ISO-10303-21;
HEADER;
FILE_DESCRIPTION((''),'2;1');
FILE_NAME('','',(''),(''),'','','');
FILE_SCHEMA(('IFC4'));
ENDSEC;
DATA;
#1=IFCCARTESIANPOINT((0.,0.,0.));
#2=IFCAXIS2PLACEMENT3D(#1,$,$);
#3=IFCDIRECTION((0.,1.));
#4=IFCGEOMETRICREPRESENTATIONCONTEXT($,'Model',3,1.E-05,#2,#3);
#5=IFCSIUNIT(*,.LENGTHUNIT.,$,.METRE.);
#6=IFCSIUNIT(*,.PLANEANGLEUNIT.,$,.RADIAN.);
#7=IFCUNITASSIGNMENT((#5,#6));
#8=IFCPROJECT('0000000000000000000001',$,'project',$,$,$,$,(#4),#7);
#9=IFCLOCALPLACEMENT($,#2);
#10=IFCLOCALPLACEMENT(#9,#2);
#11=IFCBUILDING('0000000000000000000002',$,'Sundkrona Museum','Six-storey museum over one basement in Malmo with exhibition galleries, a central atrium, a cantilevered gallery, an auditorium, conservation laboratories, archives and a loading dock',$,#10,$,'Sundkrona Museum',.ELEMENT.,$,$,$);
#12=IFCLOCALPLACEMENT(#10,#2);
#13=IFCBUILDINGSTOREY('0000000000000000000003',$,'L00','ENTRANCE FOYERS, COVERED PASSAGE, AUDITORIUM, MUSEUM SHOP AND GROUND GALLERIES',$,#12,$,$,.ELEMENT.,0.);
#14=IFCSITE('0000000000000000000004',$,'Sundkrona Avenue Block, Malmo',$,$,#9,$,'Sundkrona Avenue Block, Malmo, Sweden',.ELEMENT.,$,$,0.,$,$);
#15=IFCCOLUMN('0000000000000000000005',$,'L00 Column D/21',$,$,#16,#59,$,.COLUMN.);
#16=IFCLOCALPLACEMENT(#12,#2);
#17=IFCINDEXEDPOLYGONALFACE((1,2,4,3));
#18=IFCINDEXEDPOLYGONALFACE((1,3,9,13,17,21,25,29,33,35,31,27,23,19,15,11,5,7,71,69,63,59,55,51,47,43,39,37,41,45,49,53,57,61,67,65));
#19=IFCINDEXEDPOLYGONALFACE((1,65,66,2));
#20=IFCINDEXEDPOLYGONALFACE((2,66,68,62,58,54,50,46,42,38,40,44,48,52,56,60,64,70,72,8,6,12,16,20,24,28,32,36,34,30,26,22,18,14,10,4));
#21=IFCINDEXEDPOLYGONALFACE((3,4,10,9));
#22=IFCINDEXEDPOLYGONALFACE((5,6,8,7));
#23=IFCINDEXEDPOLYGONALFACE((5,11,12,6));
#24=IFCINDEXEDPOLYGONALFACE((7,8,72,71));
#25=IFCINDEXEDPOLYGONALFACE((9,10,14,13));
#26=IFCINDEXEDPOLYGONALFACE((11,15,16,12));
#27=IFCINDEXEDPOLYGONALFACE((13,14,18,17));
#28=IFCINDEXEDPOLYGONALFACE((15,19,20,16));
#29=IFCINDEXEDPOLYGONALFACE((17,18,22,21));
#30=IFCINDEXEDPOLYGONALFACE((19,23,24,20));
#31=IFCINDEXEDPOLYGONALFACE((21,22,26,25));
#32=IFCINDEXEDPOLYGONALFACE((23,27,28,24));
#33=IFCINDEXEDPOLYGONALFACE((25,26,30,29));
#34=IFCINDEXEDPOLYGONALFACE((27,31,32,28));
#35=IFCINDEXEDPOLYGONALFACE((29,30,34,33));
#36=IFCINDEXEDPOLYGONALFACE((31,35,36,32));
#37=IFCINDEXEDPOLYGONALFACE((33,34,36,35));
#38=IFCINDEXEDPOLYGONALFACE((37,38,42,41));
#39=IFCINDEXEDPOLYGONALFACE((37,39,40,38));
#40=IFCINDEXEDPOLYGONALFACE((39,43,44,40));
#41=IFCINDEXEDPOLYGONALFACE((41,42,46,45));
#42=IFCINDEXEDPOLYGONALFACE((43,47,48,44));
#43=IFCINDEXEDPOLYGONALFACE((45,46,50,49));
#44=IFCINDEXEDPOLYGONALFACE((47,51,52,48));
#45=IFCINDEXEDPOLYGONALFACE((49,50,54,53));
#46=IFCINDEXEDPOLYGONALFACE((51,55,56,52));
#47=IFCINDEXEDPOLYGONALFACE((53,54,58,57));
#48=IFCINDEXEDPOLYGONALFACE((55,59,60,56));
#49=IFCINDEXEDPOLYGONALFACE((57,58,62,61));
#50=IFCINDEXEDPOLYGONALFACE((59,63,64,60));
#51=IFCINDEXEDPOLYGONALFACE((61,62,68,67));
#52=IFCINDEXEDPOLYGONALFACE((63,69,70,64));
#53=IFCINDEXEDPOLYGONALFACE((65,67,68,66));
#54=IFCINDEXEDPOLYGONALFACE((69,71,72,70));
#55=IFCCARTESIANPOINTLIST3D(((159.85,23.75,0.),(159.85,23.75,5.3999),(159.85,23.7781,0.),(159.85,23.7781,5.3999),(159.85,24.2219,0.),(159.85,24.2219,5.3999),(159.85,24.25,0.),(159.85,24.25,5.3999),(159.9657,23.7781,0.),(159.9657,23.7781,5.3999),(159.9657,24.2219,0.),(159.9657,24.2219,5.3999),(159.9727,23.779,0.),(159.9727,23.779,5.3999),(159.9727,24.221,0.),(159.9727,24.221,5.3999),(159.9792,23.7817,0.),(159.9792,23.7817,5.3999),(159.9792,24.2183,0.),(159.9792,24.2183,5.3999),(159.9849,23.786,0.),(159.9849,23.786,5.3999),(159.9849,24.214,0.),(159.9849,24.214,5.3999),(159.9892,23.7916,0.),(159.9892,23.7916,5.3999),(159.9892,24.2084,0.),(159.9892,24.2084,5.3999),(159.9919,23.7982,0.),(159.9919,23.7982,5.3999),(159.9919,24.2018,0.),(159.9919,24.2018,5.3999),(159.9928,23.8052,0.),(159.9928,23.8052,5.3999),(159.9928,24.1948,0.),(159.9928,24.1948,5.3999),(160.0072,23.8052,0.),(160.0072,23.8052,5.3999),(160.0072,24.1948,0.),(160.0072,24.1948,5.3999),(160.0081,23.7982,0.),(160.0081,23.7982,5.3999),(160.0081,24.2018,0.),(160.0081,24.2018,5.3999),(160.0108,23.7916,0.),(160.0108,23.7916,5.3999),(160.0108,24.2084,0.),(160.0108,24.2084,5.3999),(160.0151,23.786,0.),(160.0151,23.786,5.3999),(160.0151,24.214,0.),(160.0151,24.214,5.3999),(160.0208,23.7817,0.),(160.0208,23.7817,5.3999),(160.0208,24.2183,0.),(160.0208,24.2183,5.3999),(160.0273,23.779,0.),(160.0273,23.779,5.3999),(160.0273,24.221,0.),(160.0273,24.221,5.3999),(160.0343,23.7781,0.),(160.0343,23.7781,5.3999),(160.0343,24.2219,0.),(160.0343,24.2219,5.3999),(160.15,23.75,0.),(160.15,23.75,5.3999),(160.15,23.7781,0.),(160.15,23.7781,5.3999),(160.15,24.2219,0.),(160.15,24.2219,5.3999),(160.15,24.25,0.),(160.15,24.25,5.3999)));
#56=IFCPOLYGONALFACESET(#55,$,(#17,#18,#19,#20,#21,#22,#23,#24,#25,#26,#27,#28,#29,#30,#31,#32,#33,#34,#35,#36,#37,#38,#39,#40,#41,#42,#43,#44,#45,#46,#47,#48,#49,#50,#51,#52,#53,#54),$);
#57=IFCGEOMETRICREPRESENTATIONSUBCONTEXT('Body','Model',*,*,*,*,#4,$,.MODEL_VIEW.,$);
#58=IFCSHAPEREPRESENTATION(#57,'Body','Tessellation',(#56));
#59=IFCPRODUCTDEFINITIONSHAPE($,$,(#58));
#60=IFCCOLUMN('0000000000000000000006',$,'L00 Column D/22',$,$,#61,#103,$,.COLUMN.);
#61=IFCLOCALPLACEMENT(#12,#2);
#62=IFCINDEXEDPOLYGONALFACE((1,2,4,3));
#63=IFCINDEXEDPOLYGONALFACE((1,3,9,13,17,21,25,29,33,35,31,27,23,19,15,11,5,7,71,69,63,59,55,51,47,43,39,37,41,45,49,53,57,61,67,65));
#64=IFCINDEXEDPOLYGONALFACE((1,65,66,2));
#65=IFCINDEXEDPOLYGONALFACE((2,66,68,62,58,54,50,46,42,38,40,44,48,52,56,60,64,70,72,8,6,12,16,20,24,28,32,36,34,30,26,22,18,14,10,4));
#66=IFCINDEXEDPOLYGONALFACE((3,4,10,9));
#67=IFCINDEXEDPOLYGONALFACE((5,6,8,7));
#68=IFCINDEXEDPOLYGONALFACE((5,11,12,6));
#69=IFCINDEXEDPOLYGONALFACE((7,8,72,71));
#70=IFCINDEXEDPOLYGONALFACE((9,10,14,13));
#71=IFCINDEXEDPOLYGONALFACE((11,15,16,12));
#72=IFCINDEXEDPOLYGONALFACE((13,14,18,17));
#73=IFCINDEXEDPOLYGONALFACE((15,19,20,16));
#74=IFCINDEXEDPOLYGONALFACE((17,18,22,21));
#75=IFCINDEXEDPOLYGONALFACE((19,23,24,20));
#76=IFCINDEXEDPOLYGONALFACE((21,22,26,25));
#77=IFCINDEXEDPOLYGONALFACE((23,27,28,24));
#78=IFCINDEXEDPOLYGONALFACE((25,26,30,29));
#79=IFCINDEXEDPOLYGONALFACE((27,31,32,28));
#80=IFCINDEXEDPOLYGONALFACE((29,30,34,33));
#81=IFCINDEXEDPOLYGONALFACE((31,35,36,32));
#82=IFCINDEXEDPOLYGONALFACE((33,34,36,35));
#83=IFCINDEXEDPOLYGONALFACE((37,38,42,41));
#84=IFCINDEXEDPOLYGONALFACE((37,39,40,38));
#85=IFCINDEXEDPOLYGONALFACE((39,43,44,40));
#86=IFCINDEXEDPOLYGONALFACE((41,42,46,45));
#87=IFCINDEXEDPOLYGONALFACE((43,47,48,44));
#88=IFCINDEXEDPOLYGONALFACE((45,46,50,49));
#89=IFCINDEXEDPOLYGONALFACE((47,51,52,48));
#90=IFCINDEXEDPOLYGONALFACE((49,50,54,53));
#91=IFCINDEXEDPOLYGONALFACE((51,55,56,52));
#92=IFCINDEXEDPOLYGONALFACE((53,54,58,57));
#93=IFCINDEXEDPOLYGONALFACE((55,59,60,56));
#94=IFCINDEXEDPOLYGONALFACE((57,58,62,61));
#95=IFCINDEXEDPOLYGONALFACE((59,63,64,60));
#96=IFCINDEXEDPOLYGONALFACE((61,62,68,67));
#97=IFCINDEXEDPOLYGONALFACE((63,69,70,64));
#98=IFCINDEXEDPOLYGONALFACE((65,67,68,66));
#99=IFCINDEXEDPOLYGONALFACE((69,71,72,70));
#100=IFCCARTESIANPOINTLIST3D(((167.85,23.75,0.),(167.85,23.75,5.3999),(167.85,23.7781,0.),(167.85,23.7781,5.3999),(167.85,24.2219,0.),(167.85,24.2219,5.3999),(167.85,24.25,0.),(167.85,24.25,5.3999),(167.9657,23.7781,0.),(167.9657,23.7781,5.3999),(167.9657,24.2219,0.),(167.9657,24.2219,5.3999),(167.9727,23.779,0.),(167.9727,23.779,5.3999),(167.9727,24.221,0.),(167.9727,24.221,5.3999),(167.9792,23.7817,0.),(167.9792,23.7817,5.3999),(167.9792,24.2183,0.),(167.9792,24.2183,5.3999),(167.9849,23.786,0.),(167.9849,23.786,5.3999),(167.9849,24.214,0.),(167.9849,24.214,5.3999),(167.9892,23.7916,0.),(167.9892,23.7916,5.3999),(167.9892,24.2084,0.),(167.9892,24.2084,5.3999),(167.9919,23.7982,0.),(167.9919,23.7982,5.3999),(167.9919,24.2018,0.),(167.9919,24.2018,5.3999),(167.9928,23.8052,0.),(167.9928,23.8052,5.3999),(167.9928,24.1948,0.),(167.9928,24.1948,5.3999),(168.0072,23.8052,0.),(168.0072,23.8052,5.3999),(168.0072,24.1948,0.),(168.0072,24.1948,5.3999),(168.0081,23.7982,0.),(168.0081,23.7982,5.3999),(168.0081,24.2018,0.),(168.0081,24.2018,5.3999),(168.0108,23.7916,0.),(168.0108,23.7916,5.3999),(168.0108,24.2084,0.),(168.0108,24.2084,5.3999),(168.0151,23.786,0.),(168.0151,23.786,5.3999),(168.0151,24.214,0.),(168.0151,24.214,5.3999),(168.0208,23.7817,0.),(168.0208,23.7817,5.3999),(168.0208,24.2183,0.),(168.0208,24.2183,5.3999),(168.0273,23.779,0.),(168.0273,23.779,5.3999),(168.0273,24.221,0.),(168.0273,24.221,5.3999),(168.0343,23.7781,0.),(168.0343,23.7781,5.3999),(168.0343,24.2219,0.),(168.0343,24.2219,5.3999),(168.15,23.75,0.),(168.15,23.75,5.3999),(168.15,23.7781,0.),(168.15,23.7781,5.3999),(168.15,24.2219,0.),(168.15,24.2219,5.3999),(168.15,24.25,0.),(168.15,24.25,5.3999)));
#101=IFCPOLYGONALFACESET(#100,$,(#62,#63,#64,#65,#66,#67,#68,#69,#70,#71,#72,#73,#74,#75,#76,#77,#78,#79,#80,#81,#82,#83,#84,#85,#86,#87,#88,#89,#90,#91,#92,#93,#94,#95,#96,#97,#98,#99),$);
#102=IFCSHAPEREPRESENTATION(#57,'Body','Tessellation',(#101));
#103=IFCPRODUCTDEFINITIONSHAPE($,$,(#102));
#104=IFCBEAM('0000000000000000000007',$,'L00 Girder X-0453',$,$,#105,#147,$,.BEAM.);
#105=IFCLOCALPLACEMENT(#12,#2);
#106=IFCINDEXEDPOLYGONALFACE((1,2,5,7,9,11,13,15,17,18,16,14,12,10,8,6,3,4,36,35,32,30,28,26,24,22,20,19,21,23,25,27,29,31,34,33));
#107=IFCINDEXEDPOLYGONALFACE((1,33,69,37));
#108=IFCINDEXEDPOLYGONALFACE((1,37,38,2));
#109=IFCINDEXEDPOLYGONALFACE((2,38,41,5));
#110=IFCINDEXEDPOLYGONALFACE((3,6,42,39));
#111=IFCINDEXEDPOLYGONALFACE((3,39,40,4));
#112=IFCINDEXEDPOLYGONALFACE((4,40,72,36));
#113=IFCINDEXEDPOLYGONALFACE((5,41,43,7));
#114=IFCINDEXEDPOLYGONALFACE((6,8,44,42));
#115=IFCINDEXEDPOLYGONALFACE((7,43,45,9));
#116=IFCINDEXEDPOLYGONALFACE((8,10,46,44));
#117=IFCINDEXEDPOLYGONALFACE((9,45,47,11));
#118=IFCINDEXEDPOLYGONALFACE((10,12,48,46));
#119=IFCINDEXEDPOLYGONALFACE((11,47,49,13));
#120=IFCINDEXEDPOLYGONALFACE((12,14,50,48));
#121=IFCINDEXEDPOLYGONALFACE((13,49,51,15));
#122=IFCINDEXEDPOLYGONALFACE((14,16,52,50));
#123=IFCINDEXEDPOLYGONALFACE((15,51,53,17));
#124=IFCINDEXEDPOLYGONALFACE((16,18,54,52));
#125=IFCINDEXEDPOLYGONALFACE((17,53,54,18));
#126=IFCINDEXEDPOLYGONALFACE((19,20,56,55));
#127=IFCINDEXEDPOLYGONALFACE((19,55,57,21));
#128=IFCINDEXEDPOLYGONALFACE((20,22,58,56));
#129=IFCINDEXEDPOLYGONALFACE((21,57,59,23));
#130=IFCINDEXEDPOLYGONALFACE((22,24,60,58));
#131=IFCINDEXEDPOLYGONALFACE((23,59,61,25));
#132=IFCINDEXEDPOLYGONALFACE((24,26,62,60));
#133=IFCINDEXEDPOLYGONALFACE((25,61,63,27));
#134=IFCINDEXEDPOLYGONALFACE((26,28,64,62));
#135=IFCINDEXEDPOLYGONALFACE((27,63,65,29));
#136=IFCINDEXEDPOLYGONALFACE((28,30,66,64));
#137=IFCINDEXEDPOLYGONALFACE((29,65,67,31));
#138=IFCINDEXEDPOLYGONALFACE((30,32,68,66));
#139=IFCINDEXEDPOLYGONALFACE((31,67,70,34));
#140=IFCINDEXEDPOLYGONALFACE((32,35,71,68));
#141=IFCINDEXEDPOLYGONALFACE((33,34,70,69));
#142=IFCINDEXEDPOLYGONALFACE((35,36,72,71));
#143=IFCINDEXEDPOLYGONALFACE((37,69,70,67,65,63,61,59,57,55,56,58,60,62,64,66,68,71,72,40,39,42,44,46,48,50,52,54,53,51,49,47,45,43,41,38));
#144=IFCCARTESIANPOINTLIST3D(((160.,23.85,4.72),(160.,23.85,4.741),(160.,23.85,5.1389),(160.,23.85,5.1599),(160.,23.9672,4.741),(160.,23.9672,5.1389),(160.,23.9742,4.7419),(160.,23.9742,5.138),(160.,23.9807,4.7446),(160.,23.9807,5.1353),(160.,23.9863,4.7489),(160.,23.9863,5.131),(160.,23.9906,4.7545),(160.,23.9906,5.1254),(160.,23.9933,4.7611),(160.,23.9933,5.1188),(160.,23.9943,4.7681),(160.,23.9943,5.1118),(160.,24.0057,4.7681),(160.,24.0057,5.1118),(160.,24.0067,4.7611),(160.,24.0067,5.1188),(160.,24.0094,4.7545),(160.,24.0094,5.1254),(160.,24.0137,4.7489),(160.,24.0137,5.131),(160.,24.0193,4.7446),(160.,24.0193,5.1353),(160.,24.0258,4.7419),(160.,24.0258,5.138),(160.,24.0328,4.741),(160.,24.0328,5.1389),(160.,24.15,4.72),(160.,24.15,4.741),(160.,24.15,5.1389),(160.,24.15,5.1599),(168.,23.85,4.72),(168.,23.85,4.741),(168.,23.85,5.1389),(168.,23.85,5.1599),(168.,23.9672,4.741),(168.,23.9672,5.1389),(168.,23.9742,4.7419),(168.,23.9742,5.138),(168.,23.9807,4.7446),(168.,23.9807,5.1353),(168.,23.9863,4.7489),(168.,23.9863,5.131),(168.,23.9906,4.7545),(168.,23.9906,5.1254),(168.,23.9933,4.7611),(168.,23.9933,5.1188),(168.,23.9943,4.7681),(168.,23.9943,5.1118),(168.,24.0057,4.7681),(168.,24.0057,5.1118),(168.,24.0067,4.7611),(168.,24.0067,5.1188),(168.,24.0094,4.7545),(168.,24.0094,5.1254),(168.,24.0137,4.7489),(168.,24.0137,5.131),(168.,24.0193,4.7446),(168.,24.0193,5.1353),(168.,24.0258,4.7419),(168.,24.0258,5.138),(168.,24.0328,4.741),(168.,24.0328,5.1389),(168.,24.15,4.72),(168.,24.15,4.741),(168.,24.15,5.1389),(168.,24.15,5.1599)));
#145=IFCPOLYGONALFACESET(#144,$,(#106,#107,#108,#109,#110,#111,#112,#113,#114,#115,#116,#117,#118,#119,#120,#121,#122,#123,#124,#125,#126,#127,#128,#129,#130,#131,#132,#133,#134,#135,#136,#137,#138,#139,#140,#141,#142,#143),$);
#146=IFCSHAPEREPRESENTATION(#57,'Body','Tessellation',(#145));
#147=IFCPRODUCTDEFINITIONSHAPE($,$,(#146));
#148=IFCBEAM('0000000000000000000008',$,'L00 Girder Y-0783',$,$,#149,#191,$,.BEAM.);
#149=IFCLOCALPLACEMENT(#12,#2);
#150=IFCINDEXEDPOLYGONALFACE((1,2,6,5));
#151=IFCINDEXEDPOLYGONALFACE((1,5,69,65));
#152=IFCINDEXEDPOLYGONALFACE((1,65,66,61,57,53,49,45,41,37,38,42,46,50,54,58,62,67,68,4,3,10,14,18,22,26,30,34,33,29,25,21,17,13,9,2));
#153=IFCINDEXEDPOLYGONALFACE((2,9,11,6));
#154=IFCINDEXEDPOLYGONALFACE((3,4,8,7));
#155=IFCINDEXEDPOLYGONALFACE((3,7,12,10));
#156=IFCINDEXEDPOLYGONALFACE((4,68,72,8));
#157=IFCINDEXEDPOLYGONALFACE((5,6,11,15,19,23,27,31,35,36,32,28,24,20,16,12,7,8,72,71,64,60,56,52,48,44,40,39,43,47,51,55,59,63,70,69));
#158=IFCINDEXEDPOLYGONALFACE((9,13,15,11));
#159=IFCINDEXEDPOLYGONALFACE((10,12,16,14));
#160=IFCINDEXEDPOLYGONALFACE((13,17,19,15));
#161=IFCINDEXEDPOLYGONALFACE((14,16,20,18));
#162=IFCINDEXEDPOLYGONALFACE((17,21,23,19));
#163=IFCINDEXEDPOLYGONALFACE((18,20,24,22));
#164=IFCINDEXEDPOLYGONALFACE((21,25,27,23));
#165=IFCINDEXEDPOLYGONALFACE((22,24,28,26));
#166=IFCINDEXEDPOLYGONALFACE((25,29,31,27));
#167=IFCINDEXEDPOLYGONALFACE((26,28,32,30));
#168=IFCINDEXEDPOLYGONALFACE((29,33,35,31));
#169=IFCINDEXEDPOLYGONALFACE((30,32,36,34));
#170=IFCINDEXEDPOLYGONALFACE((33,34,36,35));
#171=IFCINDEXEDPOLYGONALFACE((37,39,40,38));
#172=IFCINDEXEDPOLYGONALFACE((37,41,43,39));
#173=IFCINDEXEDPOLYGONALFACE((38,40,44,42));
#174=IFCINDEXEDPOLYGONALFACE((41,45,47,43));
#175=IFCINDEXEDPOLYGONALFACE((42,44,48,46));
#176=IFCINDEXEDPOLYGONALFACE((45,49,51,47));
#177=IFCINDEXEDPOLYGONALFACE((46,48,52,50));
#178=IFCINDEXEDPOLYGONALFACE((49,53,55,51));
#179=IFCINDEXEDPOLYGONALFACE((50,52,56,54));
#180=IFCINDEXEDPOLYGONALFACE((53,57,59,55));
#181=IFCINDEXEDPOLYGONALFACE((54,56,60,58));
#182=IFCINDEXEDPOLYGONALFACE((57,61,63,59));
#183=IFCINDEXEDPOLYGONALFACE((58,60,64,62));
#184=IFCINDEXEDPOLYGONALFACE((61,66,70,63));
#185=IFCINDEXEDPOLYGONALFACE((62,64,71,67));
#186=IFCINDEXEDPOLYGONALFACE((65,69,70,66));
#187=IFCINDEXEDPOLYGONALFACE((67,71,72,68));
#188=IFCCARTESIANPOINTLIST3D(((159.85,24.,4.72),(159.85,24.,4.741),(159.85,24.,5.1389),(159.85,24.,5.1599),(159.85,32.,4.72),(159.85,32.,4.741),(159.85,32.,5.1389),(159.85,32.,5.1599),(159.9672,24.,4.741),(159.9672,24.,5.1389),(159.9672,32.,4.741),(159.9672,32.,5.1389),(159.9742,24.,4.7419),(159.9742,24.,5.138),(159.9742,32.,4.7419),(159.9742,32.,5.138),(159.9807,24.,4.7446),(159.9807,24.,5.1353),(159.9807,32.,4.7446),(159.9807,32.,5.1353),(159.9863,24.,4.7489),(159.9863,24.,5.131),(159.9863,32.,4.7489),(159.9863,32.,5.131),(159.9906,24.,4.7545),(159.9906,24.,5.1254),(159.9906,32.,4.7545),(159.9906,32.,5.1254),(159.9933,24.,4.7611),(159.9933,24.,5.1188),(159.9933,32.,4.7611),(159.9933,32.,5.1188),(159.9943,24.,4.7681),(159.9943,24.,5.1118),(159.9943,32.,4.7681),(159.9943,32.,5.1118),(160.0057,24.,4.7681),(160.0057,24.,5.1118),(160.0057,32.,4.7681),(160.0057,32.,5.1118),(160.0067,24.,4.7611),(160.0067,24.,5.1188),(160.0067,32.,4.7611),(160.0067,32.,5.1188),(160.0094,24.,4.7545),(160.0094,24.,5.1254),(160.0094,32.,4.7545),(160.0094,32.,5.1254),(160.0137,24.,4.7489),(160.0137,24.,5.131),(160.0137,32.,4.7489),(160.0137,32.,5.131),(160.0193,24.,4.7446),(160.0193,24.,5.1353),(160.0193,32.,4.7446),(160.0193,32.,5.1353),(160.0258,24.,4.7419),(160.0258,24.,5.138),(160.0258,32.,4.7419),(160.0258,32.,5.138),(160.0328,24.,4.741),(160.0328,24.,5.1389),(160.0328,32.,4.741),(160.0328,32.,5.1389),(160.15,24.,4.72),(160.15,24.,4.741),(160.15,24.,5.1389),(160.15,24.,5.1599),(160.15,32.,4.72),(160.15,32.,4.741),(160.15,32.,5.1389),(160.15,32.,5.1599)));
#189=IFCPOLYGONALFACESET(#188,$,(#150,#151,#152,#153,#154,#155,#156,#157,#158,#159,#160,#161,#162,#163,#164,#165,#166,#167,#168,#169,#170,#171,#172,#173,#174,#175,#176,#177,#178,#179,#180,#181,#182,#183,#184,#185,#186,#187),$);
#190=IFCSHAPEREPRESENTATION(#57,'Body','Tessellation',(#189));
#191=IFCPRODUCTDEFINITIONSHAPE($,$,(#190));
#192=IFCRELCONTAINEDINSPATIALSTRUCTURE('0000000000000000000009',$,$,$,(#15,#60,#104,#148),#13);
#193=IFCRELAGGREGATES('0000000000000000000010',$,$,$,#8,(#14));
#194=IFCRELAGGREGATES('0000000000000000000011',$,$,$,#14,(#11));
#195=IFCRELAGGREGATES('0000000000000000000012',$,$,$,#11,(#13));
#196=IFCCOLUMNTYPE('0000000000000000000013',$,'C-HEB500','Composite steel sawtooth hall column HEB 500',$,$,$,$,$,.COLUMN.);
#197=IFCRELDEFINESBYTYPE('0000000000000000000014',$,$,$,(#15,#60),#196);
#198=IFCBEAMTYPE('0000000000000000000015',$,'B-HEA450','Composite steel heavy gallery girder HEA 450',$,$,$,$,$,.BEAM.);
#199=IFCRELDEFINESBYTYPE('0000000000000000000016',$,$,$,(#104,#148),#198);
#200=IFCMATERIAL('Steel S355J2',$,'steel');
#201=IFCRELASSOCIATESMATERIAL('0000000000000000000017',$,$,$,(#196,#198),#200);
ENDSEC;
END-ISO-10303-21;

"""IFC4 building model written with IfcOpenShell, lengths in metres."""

from ifc_helpers import new_model, si_unit, direction, frame, origin, origin_2d, place, context, subcontext, project, spatial, i_section, extrude, material, material_profile, profile_set, type_object, element, save


model = new_model("IFC4")

# Units and contexts
model_context = context("Model", 3, precision=1e-05, world=origin(), true_north=direction((0.0, 1.0)))
body_context = subcontext(model_context, "Body", "Model", "MODEL_VIEW")
ifc_project = project(units=[si_unit("LENGTHUNIT", "METRE"), si_unit("PLANEANGLEUNIT", "RADIAN")], contexts=[model_context])

# Site, building, storey
site_placement = place(None, origin())
site = spatial("IfcSite", under=ifc_project, at=site_placement, Name="Sundkrona Avenue Block, Malmo", LongName="Sundkrona Avenue Block, Malmo, Sweden", CompositionType="ELEMENT", RefElevation=0.0)
building_placement = place(site_placement, origin())
building = spatial("IfcBuilding", under=site, at=building_placement, Name="Sundkrona Museum", Description="Six-storey museum over one basement in Malmo with exhibition galleries, a central atrium, a cantilevered gallery, an auditorium, conservation laboratories, archives and a loading dock", LongName="Sundkrona Museum", CompositionType="ELEMENT")
storey_placement = place(building_placement, origin())
storey = spatial("IfcBuildingStorey", under=building, at=storey_placement, Name="L00", Description="ENTRANCE FOYERS, COVERED PASSAGE, AUDITORIUM, MUSEUM SHOP AND GROUND GALLERIES", CompositionType="ELEMENT", Elevation=0.0)

# Columns
ifc_material_1 = material(Name="Steel S355J2", Category="steel")
ifc_material_profile_1 = material_profile(ifc_material_1, i_section(OverallWidth=0.3, OverallDepth=0.5, WebThickness=0.0144, FlangeThickness=0.0281, FilletRadius=0.0271, at=origin_2d()), Name="HEB 500")
ifc_profile_set_1 = profile_set([ifc_material_profile_1], Name="Steel S355J2")
column_type = type_object("IfcColumnType", Name="C-HEB500", Description="Composite steel sawtooth hall column HEB 500", PredefinedType="COLUMN", material=ifc_profile_set_1)
for number, where, z_axis, x_axis, name in (
    (1, (160.0, 24.0, 0.0), (0.0, 0.0, 1.0), (1.0, 0.0, 0.0), "L00 Column D/21"),
    (2, (168.0, 24.0, 0.0), (0.0, 0.0, 1.0), (1.0, 0.0, 0.0), "L00 Column D/22"),
):
    element("IfcColumn", number, at=place(storey_placement, frame(where, z_axis=z_axis, x_axis=x_axis)), inside=storey, type_object=column_type, Name=name, PredefinedType="COLUMN", context=body_context, shape_type="SweptSolid", body=[
        extrude(i_section(OverallWidth=0.3, OverallDepth=0.5, WebThickness=0.0144, FlangeThickness=0.0281, FilletRadius=0.0271, at=origin_2d()), origin(), (0.0, 0.0, 1.0), 5.3999),
    ])

# Beams
ifc_material_profile_2 = material_profile(ifc_material_1, i_section(OverallWidth=0.3, OverallDepth=0.4399, WebThickness=0.0115, FlangeThickness=0.021, FilletRadius=0.0271, at=origin_2d()), Name="HEA 450")
ifc_profile_set_2 = profile_set([ifc_material_profile_2], Name="Steel S355J2")
beam_type_1 = type_object("IfcBeamType", Name="B-HEA450", Description="Composite steel heavy gallery girder HEA 450", PredefinedType="BEAM", material=ifc_profile_set_2)
for number, where, z_axis, x_axis, name in (
    (3, (160.0, 24.0, 4.9399), (1.0, 0.0, 0.0), (0.0, 1.0, 0.0), "L00 Girder X-0453"),
    (4, (160.0, 24.0, 4.9399), (0.0, 1.0, 0.0), (-1.0, 0.0, 0.0), "L00 Girder Y-0783"),
):
    element("IfcBeam", number, at=place(storey_placement, frame(where, z_axis=z_axis, x_axis=x_axis)), inside=storey, type_object=beam_type_1, Name=name, PredefinedType="BEAM", context=body_context, shape_type="SweptSolid", body=[
        extrude(i_section(OverallWidth=0.3, OverallDepth=0.4399, WebThickness=0.0115, FlangeThickness=0.021, FilletRadius=0.0271, at=origin_2d()), origin(), (0.0, 0.0, 1.0), 8.0),
    ])

save(model, "model.ifc")
